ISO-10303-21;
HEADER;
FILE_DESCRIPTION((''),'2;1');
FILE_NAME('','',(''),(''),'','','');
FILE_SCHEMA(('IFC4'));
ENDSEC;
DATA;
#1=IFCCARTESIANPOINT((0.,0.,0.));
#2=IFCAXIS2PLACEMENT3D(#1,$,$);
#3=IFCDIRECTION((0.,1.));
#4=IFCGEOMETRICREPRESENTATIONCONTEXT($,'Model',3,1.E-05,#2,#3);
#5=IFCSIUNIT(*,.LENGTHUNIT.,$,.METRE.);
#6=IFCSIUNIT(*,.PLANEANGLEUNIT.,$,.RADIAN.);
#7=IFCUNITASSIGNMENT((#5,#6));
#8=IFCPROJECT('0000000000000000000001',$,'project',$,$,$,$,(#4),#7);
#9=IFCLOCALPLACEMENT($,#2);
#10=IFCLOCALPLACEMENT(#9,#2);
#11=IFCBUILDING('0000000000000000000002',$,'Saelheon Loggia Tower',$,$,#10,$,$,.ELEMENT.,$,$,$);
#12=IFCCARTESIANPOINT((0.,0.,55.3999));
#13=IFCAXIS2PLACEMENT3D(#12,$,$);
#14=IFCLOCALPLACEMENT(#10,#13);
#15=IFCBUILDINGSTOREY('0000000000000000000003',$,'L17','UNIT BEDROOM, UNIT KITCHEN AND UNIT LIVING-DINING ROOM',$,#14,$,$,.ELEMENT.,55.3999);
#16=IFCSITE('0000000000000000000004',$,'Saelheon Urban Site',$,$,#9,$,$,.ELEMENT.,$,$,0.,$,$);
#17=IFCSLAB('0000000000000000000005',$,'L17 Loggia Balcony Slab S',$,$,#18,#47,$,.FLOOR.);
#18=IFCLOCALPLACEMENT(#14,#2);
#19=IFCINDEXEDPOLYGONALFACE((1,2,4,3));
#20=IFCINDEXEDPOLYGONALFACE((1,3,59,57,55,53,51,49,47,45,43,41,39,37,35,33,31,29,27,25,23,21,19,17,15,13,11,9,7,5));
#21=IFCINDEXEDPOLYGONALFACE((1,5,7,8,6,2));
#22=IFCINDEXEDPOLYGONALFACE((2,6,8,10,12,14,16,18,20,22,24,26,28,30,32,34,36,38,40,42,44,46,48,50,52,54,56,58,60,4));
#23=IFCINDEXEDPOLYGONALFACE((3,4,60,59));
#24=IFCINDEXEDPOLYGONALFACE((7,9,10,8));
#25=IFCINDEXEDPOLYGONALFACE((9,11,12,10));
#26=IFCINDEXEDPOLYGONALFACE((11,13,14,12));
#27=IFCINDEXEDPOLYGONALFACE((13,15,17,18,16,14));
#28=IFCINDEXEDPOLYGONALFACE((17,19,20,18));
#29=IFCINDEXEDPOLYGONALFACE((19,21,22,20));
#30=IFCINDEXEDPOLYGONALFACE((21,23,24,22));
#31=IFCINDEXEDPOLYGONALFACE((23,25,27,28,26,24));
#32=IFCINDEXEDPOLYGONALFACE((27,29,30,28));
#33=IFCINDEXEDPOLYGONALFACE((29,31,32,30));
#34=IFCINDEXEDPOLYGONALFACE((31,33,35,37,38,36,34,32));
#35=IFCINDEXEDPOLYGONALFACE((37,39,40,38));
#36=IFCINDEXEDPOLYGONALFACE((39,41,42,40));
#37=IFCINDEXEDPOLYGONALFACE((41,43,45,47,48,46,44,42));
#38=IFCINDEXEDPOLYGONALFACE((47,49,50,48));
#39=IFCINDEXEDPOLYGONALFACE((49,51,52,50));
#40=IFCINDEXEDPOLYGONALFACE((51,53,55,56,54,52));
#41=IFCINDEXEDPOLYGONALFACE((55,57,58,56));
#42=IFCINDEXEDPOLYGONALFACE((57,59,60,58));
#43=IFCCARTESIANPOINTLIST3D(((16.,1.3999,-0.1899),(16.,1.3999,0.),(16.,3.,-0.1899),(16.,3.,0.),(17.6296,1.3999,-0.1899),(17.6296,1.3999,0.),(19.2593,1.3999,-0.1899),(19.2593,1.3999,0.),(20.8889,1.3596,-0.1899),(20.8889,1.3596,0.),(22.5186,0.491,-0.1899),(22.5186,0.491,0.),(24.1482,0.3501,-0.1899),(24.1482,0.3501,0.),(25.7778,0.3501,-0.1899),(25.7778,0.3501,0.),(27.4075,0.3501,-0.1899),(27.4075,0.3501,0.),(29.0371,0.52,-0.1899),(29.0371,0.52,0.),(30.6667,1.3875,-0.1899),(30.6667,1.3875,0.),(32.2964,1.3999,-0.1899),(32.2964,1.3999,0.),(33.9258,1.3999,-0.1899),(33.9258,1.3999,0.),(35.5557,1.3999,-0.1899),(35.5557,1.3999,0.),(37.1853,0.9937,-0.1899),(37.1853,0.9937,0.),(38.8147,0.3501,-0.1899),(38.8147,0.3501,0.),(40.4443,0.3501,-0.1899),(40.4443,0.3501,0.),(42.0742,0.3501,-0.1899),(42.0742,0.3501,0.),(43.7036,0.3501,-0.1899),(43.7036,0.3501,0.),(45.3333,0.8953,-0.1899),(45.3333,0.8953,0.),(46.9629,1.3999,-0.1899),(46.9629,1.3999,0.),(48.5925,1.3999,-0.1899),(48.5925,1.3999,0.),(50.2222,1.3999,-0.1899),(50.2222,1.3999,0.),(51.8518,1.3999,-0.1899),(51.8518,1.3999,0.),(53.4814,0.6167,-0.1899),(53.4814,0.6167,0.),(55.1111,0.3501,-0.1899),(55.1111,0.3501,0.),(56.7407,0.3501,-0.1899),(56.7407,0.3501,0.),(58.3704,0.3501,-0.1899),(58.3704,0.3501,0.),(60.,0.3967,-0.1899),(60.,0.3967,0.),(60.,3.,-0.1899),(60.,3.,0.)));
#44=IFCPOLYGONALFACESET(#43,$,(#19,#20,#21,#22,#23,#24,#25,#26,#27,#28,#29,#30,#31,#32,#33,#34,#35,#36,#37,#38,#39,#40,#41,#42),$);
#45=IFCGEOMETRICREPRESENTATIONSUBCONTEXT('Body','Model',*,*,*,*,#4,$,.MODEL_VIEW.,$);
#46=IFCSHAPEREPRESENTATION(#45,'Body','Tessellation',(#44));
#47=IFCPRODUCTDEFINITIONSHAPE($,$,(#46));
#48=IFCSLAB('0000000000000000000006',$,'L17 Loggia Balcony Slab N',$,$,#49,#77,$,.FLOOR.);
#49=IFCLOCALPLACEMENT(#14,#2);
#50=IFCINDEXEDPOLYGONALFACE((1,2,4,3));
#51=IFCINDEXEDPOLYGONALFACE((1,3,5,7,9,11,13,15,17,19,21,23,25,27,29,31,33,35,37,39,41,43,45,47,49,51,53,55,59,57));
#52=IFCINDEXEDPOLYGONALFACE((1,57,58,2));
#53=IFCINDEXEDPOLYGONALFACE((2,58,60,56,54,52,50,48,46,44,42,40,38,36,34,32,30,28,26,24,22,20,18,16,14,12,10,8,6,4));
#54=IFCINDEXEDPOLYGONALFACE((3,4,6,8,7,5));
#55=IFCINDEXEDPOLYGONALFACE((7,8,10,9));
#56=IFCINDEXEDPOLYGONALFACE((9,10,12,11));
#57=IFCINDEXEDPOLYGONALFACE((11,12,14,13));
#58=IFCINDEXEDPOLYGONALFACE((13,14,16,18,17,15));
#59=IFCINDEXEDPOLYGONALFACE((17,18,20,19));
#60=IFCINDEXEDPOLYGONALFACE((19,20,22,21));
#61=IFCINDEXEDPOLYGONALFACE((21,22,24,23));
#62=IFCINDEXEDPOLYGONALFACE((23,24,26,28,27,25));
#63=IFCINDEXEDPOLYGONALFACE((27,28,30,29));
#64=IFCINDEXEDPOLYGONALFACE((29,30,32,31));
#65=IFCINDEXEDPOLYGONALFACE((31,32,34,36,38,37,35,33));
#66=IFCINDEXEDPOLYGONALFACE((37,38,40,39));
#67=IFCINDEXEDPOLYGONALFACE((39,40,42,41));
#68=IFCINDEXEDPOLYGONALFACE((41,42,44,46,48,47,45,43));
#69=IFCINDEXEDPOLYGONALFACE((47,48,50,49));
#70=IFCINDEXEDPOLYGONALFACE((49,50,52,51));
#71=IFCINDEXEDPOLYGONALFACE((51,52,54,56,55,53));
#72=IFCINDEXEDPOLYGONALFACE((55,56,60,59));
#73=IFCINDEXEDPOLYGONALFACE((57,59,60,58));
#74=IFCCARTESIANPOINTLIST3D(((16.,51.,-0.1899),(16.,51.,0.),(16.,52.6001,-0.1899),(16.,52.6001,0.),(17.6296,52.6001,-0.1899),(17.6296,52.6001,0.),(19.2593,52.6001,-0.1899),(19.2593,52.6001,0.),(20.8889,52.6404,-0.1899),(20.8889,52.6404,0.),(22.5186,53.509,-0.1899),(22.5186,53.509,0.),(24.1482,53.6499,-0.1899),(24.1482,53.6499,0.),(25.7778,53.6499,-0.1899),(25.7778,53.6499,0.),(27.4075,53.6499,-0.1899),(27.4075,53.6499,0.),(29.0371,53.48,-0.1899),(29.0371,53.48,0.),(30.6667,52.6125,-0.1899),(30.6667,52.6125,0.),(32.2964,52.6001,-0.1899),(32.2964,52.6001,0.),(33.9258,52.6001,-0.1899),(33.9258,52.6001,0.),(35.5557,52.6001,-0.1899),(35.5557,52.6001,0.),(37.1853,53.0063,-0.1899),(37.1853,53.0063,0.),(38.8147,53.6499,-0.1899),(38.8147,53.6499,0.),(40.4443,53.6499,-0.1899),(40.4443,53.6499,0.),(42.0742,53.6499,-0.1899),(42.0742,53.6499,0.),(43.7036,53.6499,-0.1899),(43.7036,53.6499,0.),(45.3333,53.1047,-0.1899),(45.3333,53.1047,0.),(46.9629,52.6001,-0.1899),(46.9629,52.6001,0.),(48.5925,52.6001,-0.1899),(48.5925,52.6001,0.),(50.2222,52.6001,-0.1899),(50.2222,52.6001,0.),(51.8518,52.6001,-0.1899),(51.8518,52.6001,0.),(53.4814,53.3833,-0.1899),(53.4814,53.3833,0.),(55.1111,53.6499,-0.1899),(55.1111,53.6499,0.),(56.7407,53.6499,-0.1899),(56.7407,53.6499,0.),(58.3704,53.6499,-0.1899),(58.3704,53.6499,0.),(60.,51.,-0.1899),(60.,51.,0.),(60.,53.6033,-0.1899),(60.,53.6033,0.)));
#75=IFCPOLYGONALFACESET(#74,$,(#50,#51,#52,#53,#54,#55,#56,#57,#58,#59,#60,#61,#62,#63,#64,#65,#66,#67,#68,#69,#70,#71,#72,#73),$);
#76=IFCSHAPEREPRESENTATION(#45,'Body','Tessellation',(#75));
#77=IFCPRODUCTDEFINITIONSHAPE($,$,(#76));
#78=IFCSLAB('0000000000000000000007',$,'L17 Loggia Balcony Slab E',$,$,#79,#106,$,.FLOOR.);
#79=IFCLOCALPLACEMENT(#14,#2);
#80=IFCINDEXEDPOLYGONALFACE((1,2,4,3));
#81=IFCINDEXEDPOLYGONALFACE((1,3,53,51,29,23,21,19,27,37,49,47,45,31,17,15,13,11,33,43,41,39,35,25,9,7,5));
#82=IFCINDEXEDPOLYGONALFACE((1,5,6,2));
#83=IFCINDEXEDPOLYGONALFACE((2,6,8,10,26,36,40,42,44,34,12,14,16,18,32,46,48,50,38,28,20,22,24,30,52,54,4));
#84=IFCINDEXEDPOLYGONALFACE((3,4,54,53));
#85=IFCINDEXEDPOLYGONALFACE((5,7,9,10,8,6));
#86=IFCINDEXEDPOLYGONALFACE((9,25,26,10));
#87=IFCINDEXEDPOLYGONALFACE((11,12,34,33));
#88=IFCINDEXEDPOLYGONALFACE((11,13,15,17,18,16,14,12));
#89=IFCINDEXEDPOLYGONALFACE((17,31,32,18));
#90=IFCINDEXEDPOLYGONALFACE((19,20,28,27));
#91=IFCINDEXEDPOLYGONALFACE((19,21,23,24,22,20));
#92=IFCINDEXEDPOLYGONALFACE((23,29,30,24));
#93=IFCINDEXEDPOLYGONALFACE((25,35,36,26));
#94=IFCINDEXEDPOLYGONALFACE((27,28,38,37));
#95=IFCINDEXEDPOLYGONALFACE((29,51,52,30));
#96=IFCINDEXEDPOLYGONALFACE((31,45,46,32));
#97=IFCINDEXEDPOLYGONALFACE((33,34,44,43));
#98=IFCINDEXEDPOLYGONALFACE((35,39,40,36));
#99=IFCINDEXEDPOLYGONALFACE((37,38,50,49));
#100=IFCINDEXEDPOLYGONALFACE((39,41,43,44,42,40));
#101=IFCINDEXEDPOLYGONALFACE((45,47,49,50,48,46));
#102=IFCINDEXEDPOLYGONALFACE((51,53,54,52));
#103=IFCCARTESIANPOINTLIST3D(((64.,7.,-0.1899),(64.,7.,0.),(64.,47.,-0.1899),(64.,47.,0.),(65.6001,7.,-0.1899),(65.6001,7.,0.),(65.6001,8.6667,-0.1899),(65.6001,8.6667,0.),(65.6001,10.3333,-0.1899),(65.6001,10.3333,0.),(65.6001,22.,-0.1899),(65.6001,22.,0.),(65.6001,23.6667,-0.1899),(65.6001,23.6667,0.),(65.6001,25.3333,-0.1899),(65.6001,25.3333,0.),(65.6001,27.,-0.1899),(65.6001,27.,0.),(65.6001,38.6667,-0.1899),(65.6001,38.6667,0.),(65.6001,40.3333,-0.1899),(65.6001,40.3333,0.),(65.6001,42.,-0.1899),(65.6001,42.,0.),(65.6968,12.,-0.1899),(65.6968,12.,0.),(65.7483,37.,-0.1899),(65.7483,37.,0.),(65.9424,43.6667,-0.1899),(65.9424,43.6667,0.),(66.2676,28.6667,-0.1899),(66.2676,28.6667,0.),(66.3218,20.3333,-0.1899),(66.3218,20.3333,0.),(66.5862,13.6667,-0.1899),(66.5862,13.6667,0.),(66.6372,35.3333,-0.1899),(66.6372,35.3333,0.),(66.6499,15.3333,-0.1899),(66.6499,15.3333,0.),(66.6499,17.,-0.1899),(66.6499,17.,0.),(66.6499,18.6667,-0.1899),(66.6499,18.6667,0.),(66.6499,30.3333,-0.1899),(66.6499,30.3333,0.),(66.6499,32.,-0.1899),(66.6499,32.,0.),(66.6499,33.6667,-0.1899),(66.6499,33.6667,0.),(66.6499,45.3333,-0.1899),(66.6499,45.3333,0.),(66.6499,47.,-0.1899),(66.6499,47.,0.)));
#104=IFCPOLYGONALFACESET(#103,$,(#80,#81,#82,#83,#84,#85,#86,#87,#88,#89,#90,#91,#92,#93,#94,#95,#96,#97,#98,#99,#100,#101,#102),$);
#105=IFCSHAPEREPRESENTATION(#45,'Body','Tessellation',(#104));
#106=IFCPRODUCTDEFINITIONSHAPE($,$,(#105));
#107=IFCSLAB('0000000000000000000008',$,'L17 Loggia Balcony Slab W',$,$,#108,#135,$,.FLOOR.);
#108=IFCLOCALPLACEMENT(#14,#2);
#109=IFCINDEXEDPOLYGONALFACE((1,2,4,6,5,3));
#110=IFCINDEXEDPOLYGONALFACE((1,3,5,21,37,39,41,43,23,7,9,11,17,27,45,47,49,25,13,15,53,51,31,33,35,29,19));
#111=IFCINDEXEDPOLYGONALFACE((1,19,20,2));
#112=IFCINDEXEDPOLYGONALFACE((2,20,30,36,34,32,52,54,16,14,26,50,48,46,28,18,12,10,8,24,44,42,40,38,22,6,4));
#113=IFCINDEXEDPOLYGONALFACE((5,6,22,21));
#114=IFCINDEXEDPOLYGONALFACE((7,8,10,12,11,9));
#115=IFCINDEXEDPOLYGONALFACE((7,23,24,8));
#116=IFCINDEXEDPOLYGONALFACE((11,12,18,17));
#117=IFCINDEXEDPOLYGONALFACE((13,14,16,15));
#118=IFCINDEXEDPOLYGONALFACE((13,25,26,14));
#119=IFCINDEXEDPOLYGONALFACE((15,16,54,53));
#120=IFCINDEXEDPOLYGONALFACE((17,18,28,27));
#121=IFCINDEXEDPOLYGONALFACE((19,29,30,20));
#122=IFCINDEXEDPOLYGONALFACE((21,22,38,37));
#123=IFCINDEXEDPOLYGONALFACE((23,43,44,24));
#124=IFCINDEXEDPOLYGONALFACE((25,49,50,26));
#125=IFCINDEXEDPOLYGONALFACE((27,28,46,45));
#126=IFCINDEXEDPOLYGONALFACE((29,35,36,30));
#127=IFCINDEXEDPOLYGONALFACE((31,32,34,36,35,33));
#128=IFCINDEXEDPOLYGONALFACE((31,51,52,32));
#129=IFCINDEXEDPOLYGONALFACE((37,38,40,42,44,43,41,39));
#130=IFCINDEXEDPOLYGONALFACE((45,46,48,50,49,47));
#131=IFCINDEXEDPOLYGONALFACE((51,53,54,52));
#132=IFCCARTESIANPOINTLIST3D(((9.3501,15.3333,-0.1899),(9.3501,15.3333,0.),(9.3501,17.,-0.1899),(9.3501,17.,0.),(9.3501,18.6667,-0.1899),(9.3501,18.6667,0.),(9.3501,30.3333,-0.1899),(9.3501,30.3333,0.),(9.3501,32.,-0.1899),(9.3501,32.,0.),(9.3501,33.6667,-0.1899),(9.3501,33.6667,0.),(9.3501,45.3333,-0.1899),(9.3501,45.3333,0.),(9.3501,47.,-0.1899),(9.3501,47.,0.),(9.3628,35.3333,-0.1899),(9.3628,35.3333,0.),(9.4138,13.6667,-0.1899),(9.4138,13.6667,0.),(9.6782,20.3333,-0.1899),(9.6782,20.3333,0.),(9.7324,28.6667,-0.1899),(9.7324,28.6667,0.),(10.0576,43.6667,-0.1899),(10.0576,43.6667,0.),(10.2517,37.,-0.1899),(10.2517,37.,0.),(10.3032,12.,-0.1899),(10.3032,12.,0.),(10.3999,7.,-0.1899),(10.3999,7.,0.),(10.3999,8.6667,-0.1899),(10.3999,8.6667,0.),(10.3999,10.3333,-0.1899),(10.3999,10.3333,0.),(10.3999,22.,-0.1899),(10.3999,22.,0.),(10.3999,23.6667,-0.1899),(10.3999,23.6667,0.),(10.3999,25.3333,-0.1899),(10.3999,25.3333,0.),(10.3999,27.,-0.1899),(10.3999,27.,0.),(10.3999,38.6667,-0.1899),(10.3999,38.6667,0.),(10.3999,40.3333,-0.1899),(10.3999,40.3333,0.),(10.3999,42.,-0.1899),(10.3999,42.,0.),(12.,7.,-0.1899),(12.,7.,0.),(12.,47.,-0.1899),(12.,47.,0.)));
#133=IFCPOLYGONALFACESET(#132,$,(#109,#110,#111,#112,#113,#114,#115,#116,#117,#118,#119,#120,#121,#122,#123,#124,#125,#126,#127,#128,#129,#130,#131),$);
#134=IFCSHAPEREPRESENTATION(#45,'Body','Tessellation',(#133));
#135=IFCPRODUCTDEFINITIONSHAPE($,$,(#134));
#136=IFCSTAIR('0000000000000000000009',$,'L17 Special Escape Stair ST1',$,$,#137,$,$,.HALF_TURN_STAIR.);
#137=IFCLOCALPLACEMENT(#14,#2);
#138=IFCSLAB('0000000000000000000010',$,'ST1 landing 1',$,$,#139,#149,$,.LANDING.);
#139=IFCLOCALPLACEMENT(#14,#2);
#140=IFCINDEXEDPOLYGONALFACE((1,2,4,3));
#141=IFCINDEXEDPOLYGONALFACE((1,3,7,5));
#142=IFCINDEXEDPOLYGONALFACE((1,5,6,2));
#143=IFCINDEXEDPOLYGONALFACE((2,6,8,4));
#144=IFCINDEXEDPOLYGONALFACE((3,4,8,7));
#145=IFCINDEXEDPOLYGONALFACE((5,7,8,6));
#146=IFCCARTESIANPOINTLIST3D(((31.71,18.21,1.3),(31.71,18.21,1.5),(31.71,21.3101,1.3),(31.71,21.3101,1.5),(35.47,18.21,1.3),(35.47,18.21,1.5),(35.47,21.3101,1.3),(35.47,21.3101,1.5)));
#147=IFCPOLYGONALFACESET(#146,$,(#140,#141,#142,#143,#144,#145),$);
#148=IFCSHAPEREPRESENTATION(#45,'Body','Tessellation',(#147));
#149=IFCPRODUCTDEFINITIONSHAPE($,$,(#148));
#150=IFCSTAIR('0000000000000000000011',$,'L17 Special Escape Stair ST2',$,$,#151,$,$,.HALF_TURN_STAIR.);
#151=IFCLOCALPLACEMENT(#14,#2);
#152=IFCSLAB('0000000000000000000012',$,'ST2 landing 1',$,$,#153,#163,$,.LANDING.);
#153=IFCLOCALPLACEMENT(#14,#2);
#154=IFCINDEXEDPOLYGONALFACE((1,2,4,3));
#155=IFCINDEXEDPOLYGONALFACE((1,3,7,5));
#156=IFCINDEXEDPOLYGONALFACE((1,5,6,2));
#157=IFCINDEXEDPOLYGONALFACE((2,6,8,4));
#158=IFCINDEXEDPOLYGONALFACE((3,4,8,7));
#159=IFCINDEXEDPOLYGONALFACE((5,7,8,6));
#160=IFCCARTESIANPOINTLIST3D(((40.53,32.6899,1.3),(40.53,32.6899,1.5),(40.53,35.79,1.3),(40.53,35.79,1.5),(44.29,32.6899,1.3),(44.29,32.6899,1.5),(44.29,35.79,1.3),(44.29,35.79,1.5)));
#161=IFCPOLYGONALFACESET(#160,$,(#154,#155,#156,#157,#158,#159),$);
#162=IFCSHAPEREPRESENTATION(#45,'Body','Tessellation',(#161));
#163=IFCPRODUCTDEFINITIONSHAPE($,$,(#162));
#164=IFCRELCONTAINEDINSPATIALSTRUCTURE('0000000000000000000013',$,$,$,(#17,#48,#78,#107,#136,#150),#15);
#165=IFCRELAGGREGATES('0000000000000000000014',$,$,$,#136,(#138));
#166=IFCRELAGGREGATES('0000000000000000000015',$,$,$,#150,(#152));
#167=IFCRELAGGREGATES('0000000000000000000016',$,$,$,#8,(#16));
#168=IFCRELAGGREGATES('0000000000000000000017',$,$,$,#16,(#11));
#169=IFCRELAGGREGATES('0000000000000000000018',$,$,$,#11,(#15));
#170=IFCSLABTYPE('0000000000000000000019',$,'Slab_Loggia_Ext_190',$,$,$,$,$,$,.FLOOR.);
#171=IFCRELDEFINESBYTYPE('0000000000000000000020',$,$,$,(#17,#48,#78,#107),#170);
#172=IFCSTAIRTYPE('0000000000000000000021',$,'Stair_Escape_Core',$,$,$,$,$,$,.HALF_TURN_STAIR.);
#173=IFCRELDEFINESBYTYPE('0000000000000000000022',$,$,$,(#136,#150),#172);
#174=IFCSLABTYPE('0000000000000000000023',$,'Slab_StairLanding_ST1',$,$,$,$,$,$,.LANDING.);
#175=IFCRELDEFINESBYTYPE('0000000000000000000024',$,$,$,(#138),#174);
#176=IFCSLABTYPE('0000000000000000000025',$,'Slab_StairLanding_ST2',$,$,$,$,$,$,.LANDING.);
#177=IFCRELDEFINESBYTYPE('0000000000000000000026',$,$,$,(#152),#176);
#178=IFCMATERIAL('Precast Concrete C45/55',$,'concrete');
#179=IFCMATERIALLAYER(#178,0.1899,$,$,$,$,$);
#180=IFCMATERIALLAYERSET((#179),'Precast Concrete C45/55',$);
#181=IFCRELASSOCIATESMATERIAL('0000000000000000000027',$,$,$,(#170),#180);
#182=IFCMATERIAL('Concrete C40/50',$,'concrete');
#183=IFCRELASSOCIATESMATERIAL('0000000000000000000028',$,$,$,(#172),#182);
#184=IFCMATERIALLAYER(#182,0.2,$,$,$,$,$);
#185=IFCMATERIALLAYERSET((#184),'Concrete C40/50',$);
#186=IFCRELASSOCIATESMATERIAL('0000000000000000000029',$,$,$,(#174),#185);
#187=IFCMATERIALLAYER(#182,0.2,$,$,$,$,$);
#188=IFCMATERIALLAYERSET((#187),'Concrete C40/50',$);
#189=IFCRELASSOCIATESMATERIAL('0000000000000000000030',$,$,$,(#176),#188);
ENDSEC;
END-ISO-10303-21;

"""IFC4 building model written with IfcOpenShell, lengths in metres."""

from ifc_helpers import new_model, si_unit, direction, frame, origin, place, context, subcontext, project, spatial, polyline, outline, extrude, material, layer, layer_set, type_object, element, aggregate, save


model = new_model("IFC4")

# Units and contexts
model_context = context("Model", 3, precision=1e-05, world=origin(), true_north=direction((0.0, 1.0)))
body_context = subcontext(model_context, "Body", "Model", "MODEL_VIEW")
ifc_project = project(units=[si_unit("LENGTHUNIT", "METRE"), si_unit("PLANEANGLEUNIT", "RADIAN")], contexts=[model_context])

# Site, building, storey
site_placement = place(None, origin())
site = spatial("IfcSite", under=ifc_project, at=site_placement, Name="Saelheon Urban Site", CompositionType="ELEMENT", RefElevation=0.0)
building_placement = place(site_placement, origin())
building = spatial("IfcBuilding", under=site, at=building_placement, Name="Saelheon Loggia Tower", CompositionType="ELEMENT")
storey_placement = place(building_placement, frame((0.0, 0.0, 55.3999)))
storey = spatial("IfcBuildingStorey", under=building, at=storey_placement, Name="L17", Description="UNIT BEDROOM, UNIT KITCHEN AND UNIT LIVING-DINING ROOM", CompositionType="ELEMENT", Elevation=55.3999)

# Slabs
ifc_material_1 = material(Name="Precast Concrete C45/55", Category="concrete")
ifc_layer_1 = layer(ifc_material_1, 0.1899)
ifc_layer_set_1 = layer_set([ifc_layer_1], Name="Precast Concrete C45/55")
slab_type_1 = type_object("IfcSlabType", Name="Slab_Loggia_Ext_190", PredefinedType="FLOOR", material=ifc_layer_set_1)
slab_1_placement = place(storey_placement, frame((0.0, 0.0, -0.1899)))
element("IfcSlab", 1, at=slab_1_placement, inside=storey, type_object=slab_type_1, Name="L17 Loggia Balcony Slab S", PredefinedType="FLOOR", context=body_context, shape_type="SweptSolid", body=[
    extrude(outline(polyline([(16.0, 1.3999), (17.6296, 1.3999), (19.2593, 1.3999), (20.8889, 1.3596), (22.5186, 0.491), (24.1482, 0.3501), (25.7778, 0.3501), (27.4075, 0.3501), (29.0371, 0.52), (30.6667, 1.3875), (32.2964, 1.3999), (33.9258, 1.3999), (35.5557, 1.3999), (37.1853, 0.9937), (38.8147, 0.3501), (40.4443, 0.3501), (42.0742, 0.3501), (43.7036, 0.3501), (45.3333, 0.8953), (46.9629, 1.3999), (48.5925, 1.3999), (50.2222, 1.3999), (51.8518, 1.3999), (53.4814, 0.6167), (55.1111, 0.3501), (56.7407, 0.3501), (58.3704, 0.3501), (60.0, 0.3967), (60.0, 3.0), (16.0, 3.0), (16.0, 1.3999)])), origin(), (0.0, 0.0, 1.0), 0.1899),
])
slab_2_placement = place(storey_placement, frame((0.0, 0.0, -0.1899)))
element("IfcSlab", 2, at=slab_2_placement, inside=storey, type_object=slab_type_1, Name="L17 Loggia Balcony Slab N", PredefinedType="FLOOR", context=body_context, shape_type="SweptSolid", body=[
    extrude(outline(polyline([(16.0, 51.0), (60.0, 51.0), (60.0, 53.6033), (58.3704, 53.6499), (56.7407, 53.6499), (55.1111, 53.6499), (53.4814, 53.3833), (51.8518, 52.6001), (50.2222, 52.6001), (48.5925, 52.6001), (46.9629, 52.6001), (45.3333, 53.1047), (43.7036, 53.6499), (42.0742, 53.6499), (40.4443, 53.6499), (38.8147, 53.6499), (37.1853, 53.0063), (35.5557, 52.6001), (33.9258, 52.6001), (32.2964, 52.6001), (30.6667, 52.6125), (29.0371, 53.48), (27.4075, 53.6499), (25.7778, 53.6499), (24.1482, 53.6499), (22.5186, 53.509), (20.8889, 52.6404), (19.2593, 52.6001), (17.6296, 52.6001), (16.0, 52.6001), (16.0, 51.0)])), origin(), (0.0, 0.0, 1.0), 0.1899),
])
slab_3_placement = place(storey_placement, frame((0.0, 0.0, -0.1899)))
element("IfcSlab", 3, at=slab_3_placement, inside=storey, type_object=slab_type_1, Name="L17 Loggia Balcony Slab E", PredefinedType="FLOOR", context=body_context, shape_type="SweptSolid", body=[
    extrude(outline(polyline([(64.0, 7.0), (65.6001, 7.0), (65.6001, 8.6667), (65.6001, 10.3333), (65.6968, 12.0), (66.5862, 13.6667), (66.6499, 15.3333), (66.6499, 17.0), (66.6499, 18.6667), (66.3218, 20.3333), (65.6001, 22.0), (65.6001, 23.6667), (65.6001, 25.3333), (65.6001, 27.0), (66.2676, 28.6667), (66.6499, 30.3333), (66.6499, 32.0), (66.6499, 33.6667), (66.6372, 35.3333), (65.7483, 37.0), (65.6001, 38.6667), (65.6001, 40.3333), (65.6001, 42.0), (65.9424, 43.6667), (66.6499, 45.3333), (66.6499, 47.0), (64.0, 47.0), (64.0, 7.0)])), origin(), (0.0, 0.0, 1.0), 0.1899),
])
slab_4_placement = place(storey_placement, frame((0.0, 0.0, -0.1899)))
element("IfcSlab", 4, at=slab_4_placement, inside=storey, type_object=slab_type_1, Name="L17 Loggia Balcony Slab W", PredefinedType="FLOOR", context=body_context, shape_type="SweptSolid", body=[
    extrude(outline(polyline([(12.0, 7.0), (12.0, 47.0), (9.3501, 47.0), (9.3501, 45.3333), (10.0576, 43.6667), (10.3999, 42.0), (10.3999, 40.3333), (10.3999, 38.6667), (10.2517, 37.0), (9.3628, 35.3333), (9.3501, 33.6667), (9.3501, 32.0), (9.3501, 30.3333), (9.7324, 28.6667), (10.3999, 27.0), (10.3999, 25.3333), (10.3999, 23.6667), (10.3999, 22.0), (9.6782, 20.3333), (9.3501, 18.6667), (9.3501, 17.0), (9.3501, 15.3333), (9.4138, 13.6667), (10.3032, 12.0), (10.3999, 10.3333), (10.3999, 8.6667), (10.3999, 7.0), (12.0, 7.0)])), origin(), (0.0, 0.0, 1.0), 0.1899),
])

# Stairs, slabs
ifc_material_2 = material(Name="Concrete C40/50", Category="concrete")
stair_type = type_object("IfcStairType", Name="Stair_Escape_Core", PredefinedType="HALF_TURN_STAIR", material=ifc_material_2)
stair_1_placement = place(storey_placement, origin())
stair_1 = element("IfcStair", 5, at=stair_1_placement, inside=storey, type_object=stair_type, Name="L17 Special Escape Stair ST1", PredefinedType="HALF_TURN_STAIR")
ifc_layer_2 = layer(ifc_material_2, 0.2)
ifc_layer_set_2 = layer_set([ifc_layer_2], Name="Concrete C40/50")
slab_type_2 = type_object("IfcSlabType", Name="Slab_StairLanding_ST1", PredefinedType="LANDING", material=ifc_layer_set_2)
slab_5_placement = place(storey_placement, frame((0.0, 0.0, 1.3)))
slab_5 = element("IfcSlab", 6, at=slab_5_placement, type_object=slab_type_2, Name="ST1 landing 1", PredefinedType="LANDING", context=body_context, shape_type="SweptSolid", body=[
    extrude(outline(polyline([(31.71, 21.3101), (31.71, 18.21), (35.47, 18.21), (35.47, 21.3101), (31.71, 21.3101)])), origin(), (0.0, 0.0, 1.0), 0.2),
])
aggregate(stair_1, [slab_5])
stair_2_placement = place(storey_placement, origin())
stair_2 = element("IfcStair", 7, at=stair_2_placement, inside=storey, type_object=stair_type, Name="L17 Special Escape Stair ST2", PredefinedType="HALF_TURN_STAIR")
ifc_layer_3 = layer(ifc_material_2, 0.2)
ifc_layer_set_3 = layer_set([ifc_layer_3], Name="Concrete C40/50")
slab_type_3 = type_object("IfcSlabType", Name="Slab_StairLanding_ST2", PredefinedType="LANDING", material=ifc_layer_set_3)
slab_6_placement = place(storey_placement, frame((0.0, 0.0, 1.3)))
slab_6 = element("IfcSlab", 8, at=slab_6_placement, type_object=slab_type_3, Name="ST2 landing 1", PredefinedType="LANDING", context=body_context, shape_type="SweptSolid", body=[
    extrude(outline(polyline([(44.29, 32.6899), (44.29, 35.79), (40.53, 35.79), (40.53, 32.6899), (44.29, 32.6899)])), origin(), (0.0, 0.0, 1.0), 0.2),
])
aggregate(stair_2, [slab_6])

save(model, "model.ifc")
